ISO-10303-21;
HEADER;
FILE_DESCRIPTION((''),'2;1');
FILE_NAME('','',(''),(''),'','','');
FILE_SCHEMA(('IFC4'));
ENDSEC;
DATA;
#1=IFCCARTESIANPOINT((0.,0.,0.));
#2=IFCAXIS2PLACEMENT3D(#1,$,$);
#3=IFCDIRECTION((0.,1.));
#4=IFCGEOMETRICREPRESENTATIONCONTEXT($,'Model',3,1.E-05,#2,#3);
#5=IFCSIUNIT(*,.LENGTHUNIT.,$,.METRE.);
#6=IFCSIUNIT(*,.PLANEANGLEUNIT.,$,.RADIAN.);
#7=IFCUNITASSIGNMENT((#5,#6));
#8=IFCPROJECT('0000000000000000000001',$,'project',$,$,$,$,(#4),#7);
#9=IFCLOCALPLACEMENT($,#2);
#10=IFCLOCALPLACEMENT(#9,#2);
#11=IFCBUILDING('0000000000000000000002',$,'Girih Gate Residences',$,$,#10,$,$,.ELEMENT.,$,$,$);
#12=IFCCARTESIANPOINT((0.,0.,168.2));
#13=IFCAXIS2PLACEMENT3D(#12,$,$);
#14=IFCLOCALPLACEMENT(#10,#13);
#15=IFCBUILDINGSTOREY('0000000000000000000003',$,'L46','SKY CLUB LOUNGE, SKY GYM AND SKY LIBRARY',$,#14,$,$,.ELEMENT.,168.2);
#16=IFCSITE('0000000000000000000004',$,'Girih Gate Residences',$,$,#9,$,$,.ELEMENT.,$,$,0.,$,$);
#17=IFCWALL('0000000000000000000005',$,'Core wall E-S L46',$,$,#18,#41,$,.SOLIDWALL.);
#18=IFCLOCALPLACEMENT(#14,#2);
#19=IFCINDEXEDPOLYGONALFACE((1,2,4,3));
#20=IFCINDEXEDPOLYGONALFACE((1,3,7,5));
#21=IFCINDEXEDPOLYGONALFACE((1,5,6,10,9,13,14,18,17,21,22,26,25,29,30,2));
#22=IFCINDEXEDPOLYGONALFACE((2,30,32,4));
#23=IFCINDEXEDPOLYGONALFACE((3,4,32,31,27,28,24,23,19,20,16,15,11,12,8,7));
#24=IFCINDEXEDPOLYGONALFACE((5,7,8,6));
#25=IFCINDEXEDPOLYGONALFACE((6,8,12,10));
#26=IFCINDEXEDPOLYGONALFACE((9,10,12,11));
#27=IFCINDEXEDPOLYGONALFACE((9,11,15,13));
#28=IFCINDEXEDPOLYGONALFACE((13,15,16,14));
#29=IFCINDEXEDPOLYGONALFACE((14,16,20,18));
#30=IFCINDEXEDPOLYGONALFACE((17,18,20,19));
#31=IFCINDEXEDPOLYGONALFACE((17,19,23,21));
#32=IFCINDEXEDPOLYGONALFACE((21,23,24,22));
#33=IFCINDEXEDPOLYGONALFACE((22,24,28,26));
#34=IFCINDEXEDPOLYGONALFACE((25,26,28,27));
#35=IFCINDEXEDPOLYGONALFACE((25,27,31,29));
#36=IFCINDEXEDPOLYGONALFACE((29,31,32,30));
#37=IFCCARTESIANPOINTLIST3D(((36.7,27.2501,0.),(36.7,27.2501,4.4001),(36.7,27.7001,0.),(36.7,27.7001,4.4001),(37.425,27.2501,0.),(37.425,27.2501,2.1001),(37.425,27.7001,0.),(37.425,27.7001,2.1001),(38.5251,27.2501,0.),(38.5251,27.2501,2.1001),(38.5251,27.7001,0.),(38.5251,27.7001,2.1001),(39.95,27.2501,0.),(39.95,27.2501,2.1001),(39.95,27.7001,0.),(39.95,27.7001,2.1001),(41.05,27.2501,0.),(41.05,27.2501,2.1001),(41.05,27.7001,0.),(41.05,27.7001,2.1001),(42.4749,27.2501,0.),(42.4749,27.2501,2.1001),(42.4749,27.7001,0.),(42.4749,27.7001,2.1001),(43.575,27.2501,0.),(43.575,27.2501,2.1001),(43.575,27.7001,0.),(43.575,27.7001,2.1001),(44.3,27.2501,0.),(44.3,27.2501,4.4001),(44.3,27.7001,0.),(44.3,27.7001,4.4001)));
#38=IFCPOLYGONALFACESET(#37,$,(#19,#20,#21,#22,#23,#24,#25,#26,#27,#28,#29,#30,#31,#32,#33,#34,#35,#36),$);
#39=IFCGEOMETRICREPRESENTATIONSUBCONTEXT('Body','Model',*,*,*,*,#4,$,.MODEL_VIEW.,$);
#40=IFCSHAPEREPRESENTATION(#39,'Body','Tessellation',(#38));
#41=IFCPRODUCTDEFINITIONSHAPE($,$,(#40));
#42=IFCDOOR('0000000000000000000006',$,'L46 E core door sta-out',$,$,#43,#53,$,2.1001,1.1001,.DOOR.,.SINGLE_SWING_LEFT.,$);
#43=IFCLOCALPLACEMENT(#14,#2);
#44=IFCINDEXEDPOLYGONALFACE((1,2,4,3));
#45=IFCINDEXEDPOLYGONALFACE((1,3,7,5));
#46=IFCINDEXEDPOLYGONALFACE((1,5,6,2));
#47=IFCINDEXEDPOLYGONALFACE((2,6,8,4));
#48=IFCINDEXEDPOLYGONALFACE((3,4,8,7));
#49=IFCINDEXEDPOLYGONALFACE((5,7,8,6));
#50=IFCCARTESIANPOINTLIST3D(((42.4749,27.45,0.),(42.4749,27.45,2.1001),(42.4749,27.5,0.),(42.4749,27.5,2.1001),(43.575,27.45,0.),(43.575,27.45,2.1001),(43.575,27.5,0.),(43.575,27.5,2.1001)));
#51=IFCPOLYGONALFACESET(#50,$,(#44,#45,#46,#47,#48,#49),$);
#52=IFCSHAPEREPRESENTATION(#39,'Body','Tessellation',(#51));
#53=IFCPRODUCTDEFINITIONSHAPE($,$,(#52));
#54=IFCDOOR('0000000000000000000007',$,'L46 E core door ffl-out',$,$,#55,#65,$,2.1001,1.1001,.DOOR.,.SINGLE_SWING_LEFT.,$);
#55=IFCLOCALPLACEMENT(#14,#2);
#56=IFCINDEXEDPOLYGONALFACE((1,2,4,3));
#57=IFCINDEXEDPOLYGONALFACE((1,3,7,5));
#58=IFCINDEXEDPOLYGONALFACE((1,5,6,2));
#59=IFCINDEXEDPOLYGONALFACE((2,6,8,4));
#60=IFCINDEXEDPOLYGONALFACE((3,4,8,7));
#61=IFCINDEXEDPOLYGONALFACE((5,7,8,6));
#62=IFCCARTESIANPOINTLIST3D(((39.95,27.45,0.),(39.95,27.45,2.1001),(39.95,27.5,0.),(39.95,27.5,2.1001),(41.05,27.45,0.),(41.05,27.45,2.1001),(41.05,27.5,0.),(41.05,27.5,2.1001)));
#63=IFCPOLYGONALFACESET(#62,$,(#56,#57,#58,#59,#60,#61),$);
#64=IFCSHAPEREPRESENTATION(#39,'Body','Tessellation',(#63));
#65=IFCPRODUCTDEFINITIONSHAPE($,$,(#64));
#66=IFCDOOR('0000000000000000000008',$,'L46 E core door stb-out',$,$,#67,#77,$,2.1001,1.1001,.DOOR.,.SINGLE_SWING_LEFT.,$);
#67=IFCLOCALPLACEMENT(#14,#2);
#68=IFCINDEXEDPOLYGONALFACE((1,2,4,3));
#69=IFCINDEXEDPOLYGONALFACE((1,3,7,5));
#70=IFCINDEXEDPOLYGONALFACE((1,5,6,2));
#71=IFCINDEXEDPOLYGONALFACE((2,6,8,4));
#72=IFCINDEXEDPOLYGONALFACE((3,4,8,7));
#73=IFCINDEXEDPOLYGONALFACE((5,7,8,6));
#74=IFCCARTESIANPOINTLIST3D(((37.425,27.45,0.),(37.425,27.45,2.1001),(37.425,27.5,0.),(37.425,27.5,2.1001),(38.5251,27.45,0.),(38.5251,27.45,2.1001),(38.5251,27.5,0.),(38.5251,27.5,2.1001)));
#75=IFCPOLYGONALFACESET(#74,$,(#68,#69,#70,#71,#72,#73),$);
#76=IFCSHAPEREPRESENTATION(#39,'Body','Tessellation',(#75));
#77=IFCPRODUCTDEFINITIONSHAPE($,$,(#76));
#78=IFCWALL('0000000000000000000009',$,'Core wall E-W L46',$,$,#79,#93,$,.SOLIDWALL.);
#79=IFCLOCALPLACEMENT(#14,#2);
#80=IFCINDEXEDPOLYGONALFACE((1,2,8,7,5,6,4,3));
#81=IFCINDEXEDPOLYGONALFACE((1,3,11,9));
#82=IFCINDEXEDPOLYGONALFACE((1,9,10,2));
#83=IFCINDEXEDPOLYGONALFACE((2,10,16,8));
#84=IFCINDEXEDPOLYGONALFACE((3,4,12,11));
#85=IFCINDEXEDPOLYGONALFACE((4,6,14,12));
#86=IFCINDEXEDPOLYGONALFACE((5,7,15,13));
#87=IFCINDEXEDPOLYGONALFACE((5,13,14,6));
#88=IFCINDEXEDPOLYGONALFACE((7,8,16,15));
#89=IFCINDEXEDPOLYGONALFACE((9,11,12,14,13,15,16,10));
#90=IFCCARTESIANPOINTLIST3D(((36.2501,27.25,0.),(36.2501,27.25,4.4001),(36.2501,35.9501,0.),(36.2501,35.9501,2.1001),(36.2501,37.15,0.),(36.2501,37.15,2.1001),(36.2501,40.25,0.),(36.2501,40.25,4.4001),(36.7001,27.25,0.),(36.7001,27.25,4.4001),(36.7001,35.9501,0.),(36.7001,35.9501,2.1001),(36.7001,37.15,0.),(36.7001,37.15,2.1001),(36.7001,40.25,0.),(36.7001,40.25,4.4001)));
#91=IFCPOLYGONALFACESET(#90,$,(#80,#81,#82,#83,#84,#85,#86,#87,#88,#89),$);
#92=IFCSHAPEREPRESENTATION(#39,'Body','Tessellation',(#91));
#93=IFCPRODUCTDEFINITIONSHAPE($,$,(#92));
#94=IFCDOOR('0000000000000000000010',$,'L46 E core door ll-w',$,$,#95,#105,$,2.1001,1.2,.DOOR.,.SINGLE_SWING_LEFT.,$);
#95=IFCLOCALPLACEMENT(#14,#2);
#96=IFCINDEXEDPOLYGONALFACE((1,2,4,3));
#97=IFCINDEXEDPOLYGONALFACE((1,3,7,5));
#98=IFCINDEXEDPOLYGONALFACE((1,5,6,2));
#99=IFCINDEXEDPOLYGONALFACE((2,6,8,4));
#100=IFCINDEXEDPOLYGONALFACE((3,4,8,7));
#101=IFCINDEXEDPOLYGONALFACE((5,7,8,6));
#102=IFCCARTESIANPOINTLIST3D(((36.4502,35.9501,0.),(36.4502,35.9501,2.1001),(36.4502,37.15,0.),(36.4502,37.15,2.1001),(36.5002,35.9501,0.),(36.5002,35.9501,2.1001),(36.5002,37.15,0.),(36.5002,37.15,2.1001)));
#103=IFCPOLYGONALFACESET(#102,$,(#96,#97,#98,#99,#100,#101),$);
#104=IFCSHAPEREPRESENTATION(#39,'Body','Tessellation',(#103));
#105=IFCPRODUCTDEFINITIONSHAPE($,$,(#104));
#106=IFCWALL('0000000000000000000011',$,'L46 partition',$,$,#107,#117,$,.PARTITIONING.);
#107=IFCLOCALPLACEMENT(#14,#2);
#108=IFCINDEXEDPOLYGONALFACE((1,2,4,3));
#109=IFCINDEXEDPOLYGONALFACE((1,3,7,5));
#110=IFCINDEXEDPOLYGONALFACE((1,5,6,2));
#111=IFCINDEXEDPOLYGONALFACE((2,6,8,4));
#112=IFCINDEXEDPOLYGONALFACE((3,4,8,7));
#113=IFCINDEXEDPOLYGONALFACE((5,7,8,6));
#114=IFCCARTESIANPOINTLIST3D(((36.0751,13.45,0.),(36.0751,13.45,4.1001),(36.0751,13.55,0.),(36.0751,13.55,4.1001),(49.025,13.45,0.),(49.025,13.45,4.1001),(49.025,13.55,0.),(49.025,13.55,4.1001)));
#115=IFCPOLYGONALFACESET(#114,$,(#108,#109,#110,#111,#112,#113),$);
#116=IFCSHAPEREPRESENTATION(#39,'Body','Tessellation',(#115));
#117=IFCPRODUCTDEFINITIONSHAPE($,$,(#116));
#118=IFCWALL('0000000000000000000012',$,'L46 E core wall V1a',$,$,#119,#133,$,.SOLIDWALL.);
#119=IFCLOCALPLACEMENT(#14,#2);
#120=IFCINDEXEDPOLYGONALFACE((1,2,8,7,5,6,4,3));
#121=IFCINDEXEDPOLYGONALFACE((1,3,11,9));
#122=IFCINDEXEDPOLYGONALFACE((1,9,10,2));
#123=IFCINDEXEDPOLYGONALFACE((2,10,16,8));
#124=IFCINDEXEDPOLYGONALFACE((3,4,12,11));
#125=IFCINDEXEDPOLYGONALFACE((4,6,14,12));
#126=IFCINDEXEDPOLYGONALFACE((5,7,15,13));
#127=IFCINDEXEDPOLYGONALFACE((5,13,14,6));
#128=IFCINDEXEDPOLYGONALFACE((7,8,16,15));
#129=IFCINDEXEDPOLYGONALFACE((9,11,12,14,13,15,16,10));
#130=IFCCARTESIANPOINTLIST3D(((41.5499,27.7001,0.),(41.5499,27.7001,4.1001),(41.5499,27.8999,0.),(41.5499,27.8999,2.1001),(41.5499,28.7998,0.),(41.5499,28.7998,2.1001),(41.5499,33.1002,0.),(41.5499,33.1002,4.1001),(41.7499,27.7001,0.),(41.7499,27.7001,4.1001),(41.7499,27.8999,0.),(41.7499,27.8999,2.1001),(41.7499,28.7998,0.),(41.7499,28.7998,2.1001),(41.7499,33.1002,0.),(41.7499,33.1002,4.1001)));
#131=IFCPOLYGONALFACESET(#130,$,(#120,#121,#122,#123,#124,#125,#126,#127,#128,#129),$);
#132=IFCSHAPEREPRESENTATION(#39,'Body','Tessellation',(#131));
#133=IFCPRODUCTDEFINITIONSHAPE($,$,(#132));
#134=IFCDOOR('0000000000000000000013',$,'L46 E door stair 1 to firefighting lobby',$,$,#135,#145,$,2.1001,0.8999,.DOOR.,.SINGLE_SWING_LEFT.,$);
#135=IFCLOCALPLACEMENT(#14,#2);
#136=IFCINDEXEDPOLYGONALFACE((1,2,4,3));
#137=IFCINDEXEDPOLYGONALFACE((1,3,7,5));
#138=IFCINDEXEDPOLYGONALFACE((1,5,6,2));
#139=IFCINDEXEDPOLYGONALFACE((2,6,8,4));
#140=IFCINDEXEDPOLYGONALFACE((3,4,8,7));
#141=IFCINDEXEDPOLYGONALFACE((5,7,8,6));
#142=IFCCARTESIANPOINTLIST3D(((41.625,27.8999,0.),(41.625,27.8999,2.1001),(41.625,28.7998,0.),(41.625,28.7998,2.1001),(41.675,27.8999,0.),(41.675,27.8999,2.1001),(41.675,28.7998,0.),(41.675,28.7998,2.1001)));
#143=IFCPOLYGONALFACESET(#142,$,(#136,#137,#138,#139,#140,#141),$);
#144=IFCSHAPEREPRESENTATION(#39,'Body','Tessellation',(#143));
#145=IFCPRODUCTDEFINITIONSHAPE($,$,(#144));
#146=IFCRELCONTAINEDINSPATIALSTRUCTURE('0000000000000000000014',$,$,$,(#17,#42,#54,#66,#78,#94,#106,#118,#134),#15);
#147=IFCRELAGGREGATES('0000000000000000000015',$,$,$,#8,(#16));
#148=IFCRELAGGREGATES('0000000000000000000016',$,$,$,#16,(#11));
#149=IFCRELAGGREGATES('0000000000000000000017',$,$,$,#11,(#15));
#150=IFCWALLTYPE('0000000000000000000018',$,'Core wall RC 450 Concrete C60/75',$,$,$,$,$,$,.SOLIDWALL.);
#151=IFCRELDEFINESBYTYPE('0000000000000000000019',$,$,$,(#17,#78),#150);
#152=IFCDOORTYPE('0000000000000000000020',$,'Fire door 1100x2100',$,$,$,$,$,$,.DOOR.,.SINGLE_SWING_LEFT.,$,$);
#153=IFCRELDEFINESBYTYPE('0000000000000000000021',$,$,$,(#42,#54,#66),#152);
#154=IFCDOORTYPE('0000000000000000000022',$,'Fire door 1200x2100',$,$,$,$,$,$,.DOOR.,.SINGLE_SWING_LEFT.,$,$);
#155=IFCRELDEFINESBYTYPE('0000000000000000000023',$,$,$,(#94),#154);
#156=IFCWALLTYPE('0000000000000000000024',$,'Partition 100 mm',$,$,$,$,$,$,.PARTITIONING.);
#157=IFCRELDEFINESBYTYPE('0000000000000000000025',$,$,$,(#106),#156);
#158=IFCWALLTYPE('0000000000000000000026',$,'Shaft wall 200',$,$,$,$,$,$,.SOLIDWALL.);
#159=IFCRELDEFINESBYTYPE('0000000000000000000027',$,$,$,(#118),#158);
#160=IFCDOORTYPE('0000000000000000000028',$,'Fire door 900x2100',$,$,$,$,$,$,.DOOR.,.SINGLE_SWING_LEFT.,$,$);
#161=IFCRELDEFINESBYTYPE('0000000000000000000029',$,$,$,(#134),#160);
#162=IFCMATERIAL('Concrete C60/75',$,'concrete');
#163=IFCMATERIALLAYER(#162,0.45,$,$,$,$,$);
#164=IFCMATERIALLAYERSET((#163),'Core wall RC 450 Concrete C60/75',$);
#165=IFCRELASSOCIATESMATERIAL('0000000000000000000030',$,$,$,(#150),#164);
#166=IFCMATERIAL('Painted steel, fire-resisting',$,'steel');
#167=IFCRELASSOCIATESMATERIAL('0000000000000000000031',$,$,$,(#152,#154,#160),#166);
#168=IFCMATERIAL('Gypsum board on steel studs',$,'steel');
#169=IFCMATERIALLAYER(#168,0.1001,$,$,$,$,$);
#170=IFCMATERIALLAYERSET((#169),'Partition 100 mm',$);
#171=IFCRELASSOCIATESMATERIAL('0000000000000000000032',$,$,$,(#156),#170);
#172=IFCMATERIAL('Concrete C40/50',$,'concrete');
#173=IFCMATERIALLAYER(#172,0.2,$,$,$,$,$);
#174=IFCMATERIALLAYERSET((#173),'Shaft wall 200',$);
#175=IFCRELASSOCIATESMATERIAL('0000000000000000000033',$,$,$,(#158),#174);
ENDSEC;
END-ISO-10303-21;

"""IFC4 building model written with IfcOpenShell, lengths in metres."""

from ifc_helpers import new_model, si_unit, direction, frame, frame_2d, origin, place, context, subcontext, project, spatial, rectangle, extrude, material, layer, layer_set, type_object, element, fill, save


model = new_model("IFC4")

# Units and contexts
model_context = context("Model", 3, precision=1e-05, world=origin(), true_north=direction((0.0, 1.0)))
body_context = subcontext(model_context, "Body", "Model", "MODEL_VIEW")
ifc_project = project(units=[si_unit("LENGTHUNIT", "METRE"), si_unit("PLANEANGLEUNIT", "RADIAN")], contexts=[model_context])

# Site, building, storey
site_placement = place(None, origin())
site = spatial("IfcSite", under=ifc_project, at=site_placement, Name="Girih Gate Residences", CompositionType="ELEMENT", RefElevation=0.0)
building_placement = place(site_placement, origin())
building = spatial("IfcBuilding", under=site, at=building_placement, Name="Girih Gate Residences", CompositionType="ELEMENT")
storey_placement = place(building_placement, frame((0.0, 0.0, 168.2)))
storey = spatial("IfcBuildingStorey", under=building, at=storey_placement, Name="L46", Description="SKY CLUB LOUNGE, SKY GYM AND SKY LIBRARY", CompositionType="ELEMENT", Elevation=168.2)

# Shared definitions
ifc_material_1 = material(Name="Concrete C60/75", Category="concrete")

# Shared definitions
ifc_material_2 = material(Name="Gypsum board on steel studs", Category="steel")

# Wall, openings, doors
ifc_layer_1 = layer(ifc_material_1, 0.45)
ifc_layer_set_1 = layer_set([ifc_layer_1], Name="Core wall RC 450 Concrete C60/75")
wall_type_1 = type_object("IfcWallType", Name="Core wall RC 450 Concrete C60/75", PredefinedType="SOLIDWALL", material=ifc_layer_set_1)
wall_1_placement = place(storey_placement, frame((36.7, 27.4751, 0.0), z_axis=(0.0, 0.0, 1.0), x_axis=(1.0, 0.0, 0.0)))
wall_1 = element("IfcWall", 1, at=wall_1_placement, inside=storey, type_object=wall_type_1, Name="Core wall E-S L46", PredefinedType="SOLIDWALL", context=body_context, shape_type="SweptSolid", body=[
    extrude(rectangle(XDim=7.6001, YDim=0.45, at=frame_2d((3.8, 0.0))), origin(), (0.0, 0.0, 1.0), 4.4001),
])
opening_1_placement = place(wall_1_placement, frame((5.7749, 0.0, 0.0)))
opening_1 = element("IfcOpeningElement", 2, at=opening_1_placement, cuts=wall_1, PredefinedType="OPENING", context=body_context, shape_type="SweptSolid", body=[
    extrude(rectangle(XDim=1.1001, YDim=2.1001, at=frame_2d((0.55, 1.05))), frame((0.0, 0.2349, 0.0), z_axis=(0.0, -1.0, 0.0), x_axis=(1.0, 0.0, 0.0)), (0.0, 0.0, 1.0), 0.47),
])
opening_2_placement = place(wall_1_placement, frame((3.25, 0.0, 0.0)))
opening_2 = element("IfcOpeningElement", 3, at=opening_2_placement, cuts=wall_1, PredefinedType="OPENING", context=body_context, shape_type="SweptSolid", body=[
    extrude(rectangle(XDim=1.1001, YDim=2.1001, at=frame_2d((0.55, 1.05))), frame((0.0, 0.2349, 0.0), z_axis=(0.0, -1.0, 0.0), x_axis=(1.0, 0.0, 0.0)), (0.0, 0.0, 1.0), 0.47),
])
opening_3_placement = place(wall_1_placement, frame((0.7251, 0.0, 0.0)))
opening_3 = element("IfcOpeningElement", 4, at=opening_3_placement, cuts=wall_1, PredefinedType="OPENING", context=body_context, shape_type="SweptSolid", body=[
    extrude(rectangle(XDim=1.1001, YDim=2.1001, at=frame_2d((0.55, 1.05))), frame((0.0, 0.2349, 0.0), z_axis=(0.0, -1.0, 0.0), x_axis=(1.0, 0.0, 0.0)), (0.0, 0.0, 1.0), 0.47),
])
ifc_material_3 = material(Name="Painted steel, fire-resisting", Category="steel")
door_type_1 = type_object("IfcDoorType", Name="Fire door 1100x2100", OperationType="SINGLE_SWING_LEFT", PredefinedType="DOOR", material=ifc_material_3)
door_1_placement = place(opening_1_placement, origin())
door_1 = element("IfcDoor", 5, at=door_1_placement, inside=storey, type_object=door_type_1, Name="L46 E core door sta-out", OperationType="SINGLE_SWING_LEFT", OverallHeight=2.1001, OverallWidth=1.1001, PredefinedType="DOOR", context=body_context, shape_type="SweptSolid", body=[
    extrude(rectangle(XDim=1.1001, YDim=2.1001, at=frame_2d((0.55, 1.05))), frame((0.0, 0.0249, 0.0), z_axis=(0.0, -1.0, 0.0), x_axis=(1.0, 0.0, 0.0)), (0.0, 0.0, 1.0), 0.05),
])
fill(opening_1, door_1)
door_2_placement = place(opening_2_placement, origin())
door_2 = element("IfcDoor", 6, at=door_2_placement, inside=storey, type_object=door_type_1, Name="L46 E core door ffl-out", OperationType="SINGLE_SWING_LEFT", OverallHeight=2.1001, OverallWidth=1.1001, PredefinedType="DOOR", context=body_context, shape_type="SweptSolid", body=[
    extrude(rectangle(XDim=1.1001, YDim=2.1001, at=frame_2d((0.55, 1.05))), frame((0.0, 0.0249, 0.0), z_axis=(0.0, -1.0, 0.0), x_axis=(1.0, 0.0, 0.0)), (0.0, 0.0, 1.0), 0.05),
])
fill(opening_2, door_2)
door_3_placement = place(opening_3_placement, origin())
door_3 = element("IfcDoor", 7, at=door_3_placement, inside=storey, type_object=door_type_1, Name="L46 E core door stb-out", OperationType="SINGLE_SWING_LEFT", OverallHeight=2.1001, OverallWidth=1.1001, PredefinedType="DOOR", context=body_context, shape_type="SweptSolid", body=[
    extrude(rectangle(XDim=1.1001, YDim=2.1001, at=frame_2d((0.55, 1.05))), frame((0.0, 0.0249, 0.0), z_axis=(0.0, -1.0, 0.0), x_axis=(1.0, 0.0, 0.0)), (0.0, 0.0, 1.0), 0.05),
])
fill(opening_3, door_3)

# Wall, opening, door
wall_2_placement = place(storey_placement, frame((36.4751, 27.25, 0.0), z_axis=(0.0, 0.0, 1.0), x_axis=(0.0, 1.0, 0.0)))
wall_2 = element("IfcWall", 8, at=wall_2_placement, inside=storey, type_object=wall_type_1, Name="Core wall E-W L46", PredefinedType="SOLIDWALL", context=body_context, shape_type="SweptSolid", body=[
    extrude(rectangle(XDim=13.0, YDim=0.45, at=frame_2d((6.5, 0.0))), origin(), (0.0, 0.0, 1.0), 4.4001),
])
opening_4_placement = place(wall_2_placement, frame((8.7, 0.0, 0.0)))
opening_4 = element("IfcOpeningElement", 9, at=opening_4_placement, cuts=wall_2, PredefinedType="OPENING", context=body_context, shape_type="SweptSolid", body=[
    extrude(rectangle(XDim=1.2, YDim=2.1001, at=frame_2d((0.6001, 1.05))), frame((0.0, 0.2349, 0.0), z_axis=(0.0, -1.0, 0.0), x_axis=(1.0, 0.0, 0.0)), (0.0, 0.0, 1.0), 0.47),
])
door_type_2 = type_object("IfcDoorType", Name="Fire door 1200x2100", OperationType="SINGLE_SWING_LEFT", PredefinedType="DOOR", material=ifc_material_3)
door_4_placement = place(opening_4_placement, origin())
door_4 = element("IfcDoor", 10, at=door_4_placement, inside=storey, type_object=door_type_2, Name="L46 E core door ll-w", OperationType="SINGLE_SWING_LEFT", OverallHeight=2.1001, OverallWidth=1.2, PredefinedType="DOOR", context=body_context, shape_type="SweptSolid", body=[
    extrude(rectangle(XDim=1.2, YDim=2.1001, at=frame_2d((0.6001, 1.05))), frame((0.0, 0.0249, 0.0), z_axis=(0.0, -1.0, 0.0), x_axis=(1.0, 0.0, 0.0)), (0.0, 0.0, 1.0), 0.05),
])
fill(opening_4, door_4)

# Wall
ifc_layer_2 = layer(ifc_material_2, 0.1001)
ifc_layer_set_2 = layer_set([ifc_layer_2], Name="Partition 100 mm")
wall_type_2 = type_object("IfcWallType", Name="Partition 100 mm", PredefinedType="PARTITIONING", material=ifc_layer_set_2)
wall_3_placement = place(storey_placement, frame((36.075, 13.5, 0.0), z_axis=(0.0, 0.0, 1.0), x_axis=(1.0, 0.0, 0.0)))
element("IfcWall", 11, at=wall_3_placement, inside=storey, type_object=wall_type_2, Name="L46 partition", PredefinedType="PARTITIONING", context=body_context, shape_type="SweptSolid", body=[
    extrude(rectangle(XDim=12.95, YDim=0.1001, at=frame_2d((6.4751, 0.0))), origin(), (0.0, 0.0, 1.0), 4.1001),
])

# Wall, opening, door
ifc_material_4 = material(Name="Concrete C40/50", Category="concrete")
ifc_layer_3 = layer(ifc_material_4, 0.2)
ifc_layer_set_3 = layer_set([ifc_layer_3], Name="Shaft wall 200")
wall_type_3 = type_object("IfcWallType", Name="Shaft wall 200", PredefinedType="SOLIDWALL", material=ifc_layer_set_3)
wall_4_placement = place(storey_placement, frame((41.6499, 27.7, 0.0), z_axis=(0.0, 0.0, 1.0), x_axis=(0.0, 1.0, 0.0)))
wall_4 = element("IfcWall", 12, at=wall_4_placement, inside=storey, type_object=wall_type_3, Name="L46 E core wall V1a", PredefinedType="SOLIDWALL", context=body_context, shape_type="SweptSolid", body=[
    extrude(rectangle(XDim=5.4001, YDim=0.2, at=frame_2d((2.7002, 0.0))), origin(), (0.0, 0.0, 1.0), 4.1001),
])
opening_5_placement = place(wall_4_placement, frame((0.2, 0.0, 0.0)))
opening_5 = element("IfcOpeningElement", 13, at=opening_5_placement, cuts=wall_4, PredefinedType="OPENING", context=body_context, shape_type="SweptSolid", body=[
    extrude(rectangle(XDim=0.8999, YDim=2.1001, at=frame_2d((0.45, 1.05))), frame((0.0, 0.1099, 0.0), z_axis=(0.0, -1.0, 0.0), x_axis=(1.0, 0.0, 0.0)), (0.0, 0.0, 1.0), 0.22),
])
door_type_3 = type_object("IfcDoorType", Name="Fire door 900x2100", OperationType="SINGLE_SWING_LEFT", PredefinedType="DOOR", material=ifc_material_3)
door_5_placement = place(opening_5_placement, origin())
door_5 = element("IfcDoor", 14, at=door_5_placement, inside=storey, type_object=door_type_3, Name="L46 E door stair 1 to firefighting lobby", OperationType="SINGLE_SWING_LEFT", OverallHeight=2.1001, OverallWidth=0.8999, PredefinedType="DOOR", context=body_context, shape_type="SweptSolid", body=[
    extrude(rectangle(XDim=0.8999, YDim=2.1001, at=frame_2d((0.45, 1.05))), frame((0.0, 0.0249, 0.0), z_axis=(0.0, -1.0, 0.0), x_axis=(1.0, 0.0, 0.0)), (0.0, 0.0, 1.0), 0.05),
])
fill(opening_5, door_5)

save(model, "model.ifc")
